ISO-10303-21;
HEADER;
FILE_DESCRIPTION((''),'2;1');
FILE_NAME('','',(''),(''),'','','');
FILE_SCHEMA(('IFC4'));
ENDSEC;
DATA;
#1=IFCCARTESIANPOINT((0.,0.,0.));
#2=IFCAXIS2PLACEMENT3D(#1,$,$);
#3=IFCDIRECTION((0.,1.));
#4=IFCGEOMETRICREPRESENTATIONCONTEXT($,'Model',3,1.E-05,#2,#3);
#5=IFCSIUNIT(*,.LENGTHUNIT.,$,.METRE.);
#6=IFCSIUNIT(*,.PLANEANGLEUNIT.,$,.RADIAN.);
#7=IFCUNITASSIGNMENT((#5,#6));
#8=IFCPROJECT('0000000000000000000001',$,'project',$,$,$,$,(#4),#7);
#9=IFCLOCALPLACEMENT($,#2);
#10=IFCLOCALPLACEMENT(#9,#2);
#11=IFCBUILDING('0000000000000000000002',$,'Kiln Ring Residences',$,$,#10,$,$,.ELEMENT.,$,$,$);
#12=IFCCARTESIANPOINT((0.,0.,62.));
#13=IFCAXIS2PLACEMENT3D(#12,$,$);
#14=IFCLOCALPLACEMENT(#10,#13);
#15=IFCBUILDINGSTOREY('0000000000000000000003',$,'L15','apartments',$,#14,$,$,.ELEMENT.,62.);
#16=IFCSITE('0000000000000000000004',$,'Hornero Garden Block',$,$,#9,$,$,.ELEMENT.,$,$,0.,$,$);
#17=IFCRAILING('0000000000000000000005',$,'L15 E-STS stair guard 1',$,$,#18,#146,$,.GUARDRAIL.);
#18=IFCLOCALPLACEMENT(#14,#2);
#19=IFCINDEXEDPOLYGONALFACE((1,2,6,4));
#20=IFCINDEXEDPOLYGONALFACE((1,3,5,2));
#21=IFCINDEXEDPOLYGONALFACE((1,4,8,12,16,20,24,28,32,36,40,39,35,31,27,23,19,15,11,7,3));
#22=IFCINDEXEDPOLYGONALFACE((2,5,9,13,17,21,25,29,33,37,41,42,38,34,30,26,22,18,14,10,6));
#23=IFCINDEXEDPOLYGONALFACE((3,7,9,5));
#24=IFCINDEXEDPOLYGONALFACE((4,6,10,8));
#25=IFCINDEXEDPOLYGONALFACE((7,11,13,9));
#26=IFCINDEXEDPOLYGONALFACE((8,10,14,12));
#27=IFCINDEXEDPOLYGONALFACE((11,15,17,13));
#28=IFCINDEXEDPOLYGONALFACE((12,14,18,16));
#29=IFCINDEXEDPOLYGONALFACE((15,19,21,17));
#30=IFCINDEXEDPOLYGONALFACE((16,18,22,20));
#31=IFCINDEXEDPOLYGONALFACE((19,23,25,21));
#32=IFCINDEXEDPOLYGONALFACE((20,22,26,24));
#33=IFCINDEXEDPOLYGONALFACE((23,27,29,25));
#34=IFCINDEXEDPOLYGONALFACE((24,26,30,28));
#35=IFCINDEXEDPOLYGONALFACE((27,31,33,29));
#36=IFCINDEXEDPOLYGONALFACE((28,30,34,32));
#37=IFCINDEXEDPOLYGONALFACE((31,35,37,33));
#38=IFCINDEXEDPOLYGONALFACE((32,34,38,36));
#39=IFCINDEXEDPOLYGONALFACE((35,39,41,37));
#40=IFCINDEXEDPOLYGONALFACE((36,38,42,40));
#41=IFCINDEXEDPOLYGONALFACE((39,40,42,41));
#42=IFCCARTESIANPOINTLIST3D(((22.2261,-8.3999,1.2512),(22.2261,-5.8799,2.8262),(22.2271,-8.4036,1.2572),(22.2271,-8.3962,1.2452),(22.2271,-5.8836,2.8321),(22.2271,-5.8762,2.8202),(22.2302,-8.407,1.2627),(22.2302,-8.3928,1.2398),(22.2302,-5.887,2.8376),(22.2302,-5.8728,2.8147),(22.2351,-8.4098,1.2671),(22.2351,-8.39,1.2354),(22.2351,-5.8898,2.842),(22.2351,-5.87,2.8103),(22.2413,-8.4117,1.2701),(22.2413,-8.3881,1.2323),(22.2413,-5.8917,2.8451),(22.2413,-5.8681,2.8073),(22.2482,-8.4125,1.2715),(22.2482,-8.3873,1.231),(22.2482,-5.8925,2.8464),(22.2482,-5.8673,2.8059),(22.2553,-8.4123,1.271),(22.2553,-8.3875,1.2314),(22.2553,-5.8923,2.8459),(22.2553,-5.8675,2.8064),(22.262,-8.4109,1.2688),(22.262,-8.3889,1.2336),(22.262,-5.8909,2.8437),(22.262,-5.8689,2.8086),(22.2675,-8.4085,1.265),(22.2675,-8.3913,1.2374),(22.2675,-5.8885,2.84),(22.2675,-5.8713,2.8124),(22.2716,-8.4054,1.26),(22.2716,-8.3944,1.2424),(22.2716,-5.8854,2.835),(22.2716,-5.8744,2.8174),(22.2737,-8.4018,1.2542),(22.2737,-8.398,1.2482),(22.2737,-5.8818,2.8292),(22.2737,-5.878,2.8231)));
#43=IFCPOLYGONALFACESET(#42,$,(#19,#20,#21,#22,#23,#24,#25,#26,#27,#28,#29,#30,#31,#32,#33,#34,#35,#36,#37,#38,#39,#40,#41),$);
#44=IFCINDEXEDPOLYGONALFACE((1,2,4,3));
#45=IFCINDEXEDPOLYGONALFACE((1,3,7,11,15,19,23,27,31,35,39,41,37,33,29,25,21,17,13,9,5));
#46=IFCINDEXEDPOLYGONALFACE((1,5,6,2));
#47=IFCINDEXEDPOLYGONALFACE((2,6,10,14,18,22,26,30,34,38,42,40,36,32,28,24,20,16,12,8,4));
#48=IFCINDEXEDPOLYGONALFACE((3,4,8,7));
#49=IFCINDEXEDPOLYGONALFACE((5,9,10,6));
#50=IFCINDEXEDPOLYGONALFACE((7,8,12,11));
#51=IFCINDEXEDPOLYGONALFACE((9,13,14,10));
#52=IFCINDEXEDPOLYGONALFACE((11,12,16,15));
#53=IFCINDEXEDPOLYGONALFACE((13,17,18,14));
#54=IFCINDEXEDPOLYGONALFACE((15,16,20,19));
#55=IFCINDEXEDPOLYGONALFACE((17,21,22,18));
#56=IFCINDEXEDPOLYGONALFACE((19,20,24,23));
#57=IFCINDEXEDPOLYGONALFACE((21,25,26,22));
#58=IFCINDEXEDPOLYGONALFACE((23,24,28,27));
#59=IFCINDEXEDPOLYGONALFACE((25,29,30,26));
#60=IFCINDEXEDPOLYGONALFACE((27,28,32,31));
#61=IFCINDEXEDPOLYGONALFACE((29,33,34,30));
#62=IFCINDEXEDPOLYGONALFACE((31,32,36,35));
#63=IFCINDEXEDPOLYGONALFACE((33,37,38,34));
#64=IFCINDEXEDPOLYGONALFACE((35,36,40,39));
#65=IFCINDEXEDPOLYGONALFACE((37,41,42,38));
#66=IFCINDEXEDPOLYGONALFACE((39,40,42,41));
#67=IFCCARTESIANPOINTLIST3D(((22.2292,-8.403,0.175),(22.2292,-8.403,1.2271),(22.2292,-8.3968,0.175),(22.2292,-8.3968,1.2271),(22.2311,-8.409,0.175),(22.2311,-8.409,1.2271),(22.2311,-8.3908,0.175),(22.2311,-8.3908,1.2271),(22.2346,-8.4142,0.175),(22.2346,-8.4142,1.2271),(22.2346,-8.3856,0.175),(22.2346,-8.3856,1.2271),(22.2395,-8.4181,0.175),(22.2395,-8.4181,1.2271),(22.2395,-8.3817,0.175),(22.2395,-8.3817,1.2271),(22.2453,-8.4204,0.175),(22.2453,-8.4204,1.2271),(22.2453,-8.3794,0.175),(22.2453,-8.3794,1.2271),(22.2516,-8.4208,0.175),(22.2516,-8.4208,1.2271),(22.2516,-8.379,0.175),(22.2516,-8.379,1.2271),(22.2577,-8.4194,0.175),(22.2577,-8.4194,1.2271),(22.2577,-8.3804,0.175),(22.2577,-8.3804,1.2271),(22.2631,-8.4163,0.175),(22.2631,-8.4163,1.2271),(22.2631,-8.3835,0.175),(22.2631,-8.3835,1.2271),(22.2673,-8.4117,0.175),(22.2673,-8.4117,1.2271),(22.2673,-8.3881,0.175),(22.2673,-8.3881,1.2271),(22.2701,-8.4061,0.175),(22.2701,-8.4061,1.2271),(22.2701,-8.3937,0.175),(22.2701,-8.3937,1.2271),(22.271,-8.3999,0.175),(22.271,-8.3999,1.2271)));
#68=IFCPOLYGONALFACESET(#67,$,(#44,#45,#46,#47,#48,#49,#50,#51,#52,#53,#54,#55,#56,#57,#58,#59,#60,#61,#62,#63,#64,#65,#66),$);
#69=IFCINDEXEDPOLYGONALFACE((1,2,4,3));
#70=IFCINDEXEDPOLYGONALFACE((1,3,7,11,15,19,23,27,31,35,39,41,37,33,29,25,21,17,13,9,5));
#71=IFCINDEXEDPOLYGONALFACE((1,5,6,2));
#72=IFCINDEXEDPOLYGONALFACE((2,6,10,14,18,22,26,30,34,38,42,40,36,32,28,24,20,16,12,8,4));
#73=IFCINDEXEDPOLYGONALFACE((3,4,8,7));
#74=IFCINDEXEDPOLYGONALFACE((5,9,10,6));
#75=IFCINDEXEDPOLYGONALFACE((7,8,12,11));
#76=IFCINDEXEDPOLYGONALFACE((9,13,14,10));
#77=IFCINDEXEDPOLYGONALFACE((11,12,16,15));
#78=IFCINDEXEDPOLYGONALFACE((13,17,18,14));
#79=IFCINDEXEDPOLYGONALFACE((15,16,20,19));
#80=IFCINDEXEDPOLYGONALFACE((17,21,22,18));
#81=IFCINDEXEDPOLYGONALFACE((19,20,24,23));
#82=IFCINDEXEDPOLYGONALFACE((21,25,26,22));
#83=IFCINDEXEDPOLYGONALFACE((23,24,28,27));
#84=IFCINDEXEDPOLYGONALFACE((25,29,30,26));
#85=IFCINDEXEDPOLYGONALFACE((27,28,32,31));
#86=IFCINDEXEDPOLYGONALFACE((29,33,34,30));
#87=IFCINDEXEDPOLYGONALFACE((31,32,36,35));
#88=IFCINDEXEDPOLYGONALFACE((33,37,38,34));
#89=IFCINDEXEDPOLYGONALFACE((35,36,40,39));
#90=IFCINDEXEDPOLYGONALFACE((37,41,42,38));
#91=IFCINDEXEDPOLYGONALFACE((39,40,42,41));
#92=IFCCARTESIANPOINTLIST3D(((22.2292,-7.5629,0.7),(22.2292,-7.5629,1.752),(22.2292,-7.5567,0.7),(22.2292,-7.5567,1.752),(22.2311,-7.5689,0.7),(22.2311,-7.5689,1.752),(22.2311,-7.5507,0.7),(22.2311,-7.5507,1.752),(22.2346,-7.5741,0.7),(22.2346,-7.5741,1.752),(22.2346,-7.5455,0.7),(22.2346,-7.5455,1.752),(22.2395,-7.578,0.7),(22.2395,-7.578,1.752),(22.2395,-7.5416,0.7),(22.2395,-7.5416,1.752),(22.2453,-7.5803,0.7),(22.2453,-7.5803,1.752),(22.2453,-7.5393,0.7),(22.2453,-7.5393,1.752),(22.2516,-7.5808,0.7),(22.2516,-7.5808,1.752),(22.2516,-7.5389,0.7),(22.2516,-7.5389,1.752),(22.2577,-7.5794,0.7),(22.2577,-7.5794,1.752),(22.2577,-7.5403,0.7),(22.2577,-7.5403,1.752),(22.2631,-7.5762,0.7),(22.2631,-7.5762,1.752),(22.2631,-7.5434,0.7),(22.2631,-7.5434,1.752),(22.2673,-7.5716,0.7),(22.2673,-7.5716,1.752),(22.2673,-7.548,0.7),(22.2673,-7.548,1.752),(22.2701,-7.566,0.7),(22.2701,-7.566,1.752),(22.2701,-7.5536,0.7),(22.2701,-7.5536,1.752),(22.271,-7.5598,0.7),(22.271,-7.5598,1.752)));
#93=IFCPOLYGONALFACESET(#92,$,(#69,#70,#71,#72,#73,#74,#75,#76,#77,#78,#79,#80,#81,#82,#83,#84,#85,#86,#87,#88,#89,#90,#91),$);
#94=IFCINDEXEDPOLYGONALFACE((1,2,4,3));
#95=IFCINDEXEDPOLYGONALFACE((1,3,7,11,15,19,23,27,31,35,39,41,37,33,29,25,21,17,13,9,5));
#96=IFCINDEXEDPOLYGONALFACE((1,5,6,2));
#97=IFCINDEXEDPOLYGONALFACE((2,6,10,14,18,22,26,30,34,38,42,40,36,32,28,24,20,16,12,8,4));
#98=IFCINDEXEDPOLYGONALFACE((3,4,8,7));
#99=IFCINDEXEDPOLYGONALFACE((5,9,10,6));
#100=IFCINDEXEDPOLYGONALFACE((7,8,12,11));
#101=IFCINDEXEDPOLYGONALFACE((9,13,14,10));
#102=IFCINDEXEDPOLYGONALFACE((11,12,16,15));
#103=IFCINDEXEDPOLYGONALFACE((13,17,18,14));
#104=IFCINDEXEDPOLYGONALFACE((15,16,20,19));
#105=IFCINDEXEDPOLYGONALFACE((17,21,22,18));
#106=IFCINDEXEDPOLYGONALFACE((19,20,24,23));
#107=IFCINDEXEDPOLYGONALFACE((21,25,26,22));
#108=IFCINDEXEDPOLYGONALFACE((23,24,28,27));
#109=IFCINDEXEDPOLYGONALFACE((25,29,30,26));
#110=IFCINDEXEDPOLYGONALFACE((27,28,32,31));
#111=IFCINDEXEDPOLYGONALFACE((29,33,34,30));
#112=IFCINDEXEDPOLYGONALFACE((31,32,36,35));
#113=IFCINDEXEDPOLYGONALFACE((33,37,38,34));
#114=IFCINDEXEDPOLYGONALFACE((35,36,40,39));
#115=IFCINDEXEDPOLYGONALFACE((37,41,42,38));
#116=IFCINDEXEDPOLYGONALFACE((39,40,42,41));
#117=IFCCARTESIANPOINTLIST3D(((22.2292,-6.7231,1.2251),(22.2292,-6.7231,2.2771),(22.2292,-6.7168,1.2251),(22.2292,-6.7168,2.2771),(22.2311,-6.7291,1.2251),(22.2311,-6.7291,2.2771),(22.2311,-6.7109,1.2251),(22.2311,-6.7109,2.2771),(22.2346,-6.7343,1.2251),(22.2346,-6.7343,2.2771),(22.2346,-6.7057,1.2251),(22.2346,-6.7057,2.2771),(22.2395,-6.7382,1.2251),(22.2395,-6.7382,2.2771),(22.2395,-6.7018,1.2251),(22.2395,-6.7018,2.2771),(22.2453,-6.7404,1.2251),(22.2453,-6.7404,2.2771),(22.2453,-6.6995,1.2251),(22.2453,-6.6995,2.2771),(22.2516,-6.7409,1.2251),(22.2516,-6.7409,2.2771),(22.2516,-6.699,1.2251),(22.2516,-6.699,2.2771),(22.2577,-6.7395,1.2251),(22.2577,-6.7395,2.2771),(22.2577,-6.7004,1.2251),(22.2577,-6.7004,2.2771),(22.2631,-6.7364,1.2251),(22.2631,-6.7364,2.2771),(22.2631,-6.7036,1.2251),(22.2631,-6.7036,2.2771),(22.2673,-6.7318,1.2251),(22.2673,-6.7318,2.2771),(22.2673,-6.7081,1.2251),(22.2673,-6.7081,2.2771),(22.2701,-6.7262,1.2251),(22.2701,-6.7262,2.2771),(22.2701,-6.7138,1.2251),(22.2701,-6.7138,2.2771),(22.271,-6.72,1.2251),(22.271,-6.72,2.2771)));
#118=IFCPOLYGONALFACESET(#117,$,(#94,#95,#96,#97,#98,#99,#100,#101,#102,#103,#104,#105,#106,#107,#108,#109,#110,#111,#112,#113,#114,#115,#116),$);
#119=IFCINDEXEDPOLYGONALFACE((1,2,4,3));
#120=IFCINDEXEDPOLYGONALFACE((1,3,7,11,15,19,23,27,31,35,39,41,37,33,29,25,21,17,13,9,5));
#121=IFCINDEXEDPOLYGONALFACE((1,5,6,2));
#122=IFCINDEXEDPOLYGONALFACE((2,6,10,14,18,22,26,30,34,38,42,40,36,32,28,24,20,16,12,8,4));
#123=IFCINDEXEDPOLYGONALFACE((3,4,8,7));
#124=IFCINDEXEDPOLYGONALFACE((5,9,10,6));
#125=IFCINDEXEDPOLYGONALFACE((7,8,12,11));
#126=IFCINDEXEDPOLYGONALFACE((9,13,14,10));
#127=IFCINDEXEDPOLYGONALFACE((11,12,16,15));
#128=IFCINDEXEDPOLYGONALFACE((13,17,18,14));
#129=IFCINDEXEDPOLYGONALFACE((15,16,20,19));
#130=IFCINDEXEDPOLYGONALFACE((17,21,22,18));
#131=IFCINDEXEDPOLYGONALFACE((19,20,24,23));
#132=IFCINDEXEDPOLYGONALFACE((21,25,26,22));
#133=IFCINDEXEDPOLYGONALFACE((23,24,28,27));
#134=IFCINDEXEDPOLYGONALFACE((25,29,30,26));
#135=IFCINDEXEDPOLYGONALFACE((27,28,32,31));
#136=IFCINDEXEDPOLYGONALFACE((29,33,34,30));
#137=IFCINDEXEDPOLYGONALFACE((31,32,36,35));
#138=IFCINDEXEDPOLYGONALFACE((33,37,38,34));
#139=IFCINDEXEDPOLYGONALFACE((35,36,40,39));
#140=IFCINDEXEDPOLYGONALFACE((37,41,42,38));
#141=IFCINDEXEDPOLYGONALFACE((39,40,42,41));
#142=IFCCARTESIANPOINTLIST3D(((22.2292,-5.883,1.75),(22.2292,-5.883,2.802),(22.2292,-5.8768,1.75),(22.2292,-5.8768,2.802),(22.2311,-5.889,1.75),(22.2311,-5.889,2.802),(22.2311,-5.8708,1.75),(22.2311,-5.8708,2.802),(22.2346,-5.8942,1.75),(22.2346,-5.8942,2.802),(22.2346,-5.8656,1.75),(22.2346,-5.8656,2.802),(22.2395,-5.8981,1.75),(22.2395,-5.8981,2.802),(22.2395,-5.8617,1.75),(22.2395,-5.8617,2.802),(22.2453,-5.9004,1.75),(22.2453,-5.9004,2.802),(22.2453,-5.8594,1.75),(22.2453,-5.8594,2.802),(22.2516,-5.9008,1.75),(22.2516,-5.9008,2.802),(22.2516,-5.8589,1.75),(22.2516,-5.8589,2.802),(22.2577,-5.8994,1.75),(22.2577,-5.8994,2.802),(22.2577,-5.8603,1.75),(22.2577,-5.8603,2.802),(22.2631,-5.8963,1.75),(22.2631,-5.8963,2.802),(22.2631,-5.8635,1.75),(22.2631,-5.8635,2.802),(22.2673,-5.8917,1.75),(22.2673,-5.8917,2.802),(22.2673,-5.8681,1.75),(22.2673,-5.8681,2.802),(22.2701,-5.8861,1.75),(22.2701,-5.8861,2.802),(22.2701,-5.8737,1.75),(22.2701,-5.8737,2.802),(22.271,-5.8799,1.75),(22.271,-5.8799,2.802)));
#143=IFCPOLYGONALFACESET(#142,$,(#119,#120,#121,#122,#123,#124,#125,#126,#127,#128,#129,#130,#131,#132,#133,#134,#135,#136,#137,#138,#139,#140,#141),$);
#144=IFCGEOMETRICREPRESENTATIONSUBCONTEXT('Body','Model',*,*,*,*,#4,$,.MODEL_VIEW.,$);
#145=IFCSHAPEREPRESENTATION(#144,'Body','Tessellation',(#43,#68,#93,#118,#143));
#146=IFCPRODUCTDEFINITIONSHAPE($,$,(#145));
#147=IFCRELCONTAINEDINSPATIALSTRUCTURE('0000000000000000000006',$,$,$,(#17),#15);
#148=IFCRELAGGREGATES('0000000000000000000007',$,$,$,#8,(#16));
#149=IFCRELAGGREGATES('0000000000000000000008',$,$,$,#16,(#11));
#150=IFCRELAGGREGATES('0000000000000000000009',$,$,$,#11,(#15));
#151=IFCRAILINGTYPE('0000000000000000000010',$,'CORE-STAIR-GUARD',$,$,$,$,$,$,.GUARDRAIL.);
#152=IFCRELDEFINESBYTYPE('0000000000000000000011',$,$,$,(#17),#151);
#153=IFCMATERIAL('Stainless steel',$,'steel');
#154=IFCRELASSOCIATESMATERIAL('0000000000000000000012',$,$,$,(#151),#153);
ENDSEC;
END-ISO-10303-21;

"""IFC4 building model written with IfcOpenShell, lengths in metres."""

from ifc_helpers import new_model, si_unit, direction, frame, origin, origin_2d, place, context, subcontext, project, spatial, circle, extrude, material, type_object, element, save


model = new_model("IFC4")

# Units and contexts
model_context = context("Model", 3, precision=1e-05, world=origin(), true_north=direction((0.0, 1.0)))
body_context = subcontext(model_context, "Body", "Model", "MODEL_VIEW")
ifc_project = project(units=[si_unit("LENGTHUNIT", "METRE"), si_unit("PLANEANGLEUNIT", "RADIAN")], contexts=[model_context])

# Site, building, storey
site_placement = place(None, origin())
site = spatial("IfcSite", under=ifc_project, at=site_placement, Name="Hornero Garden Block", CompositionType="ELEMENT", RefElevation=0.0)
building_placement = place(site_placement, origin())
building = spatial("IfcBuilding", under=site, at=building_placement, Name="Kiln Ring Residences", CompositionType="ELEMENT")
storey_placement = place(building_placement, frame((0.0, 0.0, 62.0)))
storey = spatial("IfcBuildingStorey", under=building, at=storey_placement, Name="L15", Description="apartments", CompositionType="ELEMENT", Elevation=62.0)

# Railing
ifc_material_1 = material(Name="Stainless steel", Category="steel")
railing_type_1 = type_object("IfcRailingType", Name="CORE-STAIR-GUARD", PredefinedType="GUARDRAIL", material=ifc_material_1)
railing_1_placement = place(storey_placement, frame((22.25, -8.3999, 0.175)))
element("IfcRailing", 1, at=railing_1_placement, inside=storey, type_object=railing_type_1, Name="L15 E-STS stair guard 1", PredefinedType="GUARDRAIL", context=body_context, shape_type="SweptSolid", body=[
    extrude(circle(Radius=0.0239, at=origin_2d()), frame((0.0, 0.0, 1.0762), z_axis=(0.0, 0.848008, 0.529984), x_axis=(-1.0, 0.0, 0.0)), (0.0, 0.0, 1.0), 2.9717),
    extrude(circle(Radius=0.021, at=origin_2d()), origin(), (0.0, 0.0, 1.0), 1.052),
    extrude(circle(Radius=0.021, at=origin_2d()), frame((0.0, 0.8401, 0.5249)), (0.0, 0.0, 1.0), 1.052),
    extrude(circle(Radius=0.021, at=origin_2d()), frame((0.0, 1.6799, 1.05)), (0.0, 0.0, 1.0), 1.052),
    extrude(circle(Radius=0.021, at=origin_2d()), frame((0.0, 2.52, 1.575)), (0.0, 0.0, 1.0), 1.052),
])

save(model, "model.ifc")
